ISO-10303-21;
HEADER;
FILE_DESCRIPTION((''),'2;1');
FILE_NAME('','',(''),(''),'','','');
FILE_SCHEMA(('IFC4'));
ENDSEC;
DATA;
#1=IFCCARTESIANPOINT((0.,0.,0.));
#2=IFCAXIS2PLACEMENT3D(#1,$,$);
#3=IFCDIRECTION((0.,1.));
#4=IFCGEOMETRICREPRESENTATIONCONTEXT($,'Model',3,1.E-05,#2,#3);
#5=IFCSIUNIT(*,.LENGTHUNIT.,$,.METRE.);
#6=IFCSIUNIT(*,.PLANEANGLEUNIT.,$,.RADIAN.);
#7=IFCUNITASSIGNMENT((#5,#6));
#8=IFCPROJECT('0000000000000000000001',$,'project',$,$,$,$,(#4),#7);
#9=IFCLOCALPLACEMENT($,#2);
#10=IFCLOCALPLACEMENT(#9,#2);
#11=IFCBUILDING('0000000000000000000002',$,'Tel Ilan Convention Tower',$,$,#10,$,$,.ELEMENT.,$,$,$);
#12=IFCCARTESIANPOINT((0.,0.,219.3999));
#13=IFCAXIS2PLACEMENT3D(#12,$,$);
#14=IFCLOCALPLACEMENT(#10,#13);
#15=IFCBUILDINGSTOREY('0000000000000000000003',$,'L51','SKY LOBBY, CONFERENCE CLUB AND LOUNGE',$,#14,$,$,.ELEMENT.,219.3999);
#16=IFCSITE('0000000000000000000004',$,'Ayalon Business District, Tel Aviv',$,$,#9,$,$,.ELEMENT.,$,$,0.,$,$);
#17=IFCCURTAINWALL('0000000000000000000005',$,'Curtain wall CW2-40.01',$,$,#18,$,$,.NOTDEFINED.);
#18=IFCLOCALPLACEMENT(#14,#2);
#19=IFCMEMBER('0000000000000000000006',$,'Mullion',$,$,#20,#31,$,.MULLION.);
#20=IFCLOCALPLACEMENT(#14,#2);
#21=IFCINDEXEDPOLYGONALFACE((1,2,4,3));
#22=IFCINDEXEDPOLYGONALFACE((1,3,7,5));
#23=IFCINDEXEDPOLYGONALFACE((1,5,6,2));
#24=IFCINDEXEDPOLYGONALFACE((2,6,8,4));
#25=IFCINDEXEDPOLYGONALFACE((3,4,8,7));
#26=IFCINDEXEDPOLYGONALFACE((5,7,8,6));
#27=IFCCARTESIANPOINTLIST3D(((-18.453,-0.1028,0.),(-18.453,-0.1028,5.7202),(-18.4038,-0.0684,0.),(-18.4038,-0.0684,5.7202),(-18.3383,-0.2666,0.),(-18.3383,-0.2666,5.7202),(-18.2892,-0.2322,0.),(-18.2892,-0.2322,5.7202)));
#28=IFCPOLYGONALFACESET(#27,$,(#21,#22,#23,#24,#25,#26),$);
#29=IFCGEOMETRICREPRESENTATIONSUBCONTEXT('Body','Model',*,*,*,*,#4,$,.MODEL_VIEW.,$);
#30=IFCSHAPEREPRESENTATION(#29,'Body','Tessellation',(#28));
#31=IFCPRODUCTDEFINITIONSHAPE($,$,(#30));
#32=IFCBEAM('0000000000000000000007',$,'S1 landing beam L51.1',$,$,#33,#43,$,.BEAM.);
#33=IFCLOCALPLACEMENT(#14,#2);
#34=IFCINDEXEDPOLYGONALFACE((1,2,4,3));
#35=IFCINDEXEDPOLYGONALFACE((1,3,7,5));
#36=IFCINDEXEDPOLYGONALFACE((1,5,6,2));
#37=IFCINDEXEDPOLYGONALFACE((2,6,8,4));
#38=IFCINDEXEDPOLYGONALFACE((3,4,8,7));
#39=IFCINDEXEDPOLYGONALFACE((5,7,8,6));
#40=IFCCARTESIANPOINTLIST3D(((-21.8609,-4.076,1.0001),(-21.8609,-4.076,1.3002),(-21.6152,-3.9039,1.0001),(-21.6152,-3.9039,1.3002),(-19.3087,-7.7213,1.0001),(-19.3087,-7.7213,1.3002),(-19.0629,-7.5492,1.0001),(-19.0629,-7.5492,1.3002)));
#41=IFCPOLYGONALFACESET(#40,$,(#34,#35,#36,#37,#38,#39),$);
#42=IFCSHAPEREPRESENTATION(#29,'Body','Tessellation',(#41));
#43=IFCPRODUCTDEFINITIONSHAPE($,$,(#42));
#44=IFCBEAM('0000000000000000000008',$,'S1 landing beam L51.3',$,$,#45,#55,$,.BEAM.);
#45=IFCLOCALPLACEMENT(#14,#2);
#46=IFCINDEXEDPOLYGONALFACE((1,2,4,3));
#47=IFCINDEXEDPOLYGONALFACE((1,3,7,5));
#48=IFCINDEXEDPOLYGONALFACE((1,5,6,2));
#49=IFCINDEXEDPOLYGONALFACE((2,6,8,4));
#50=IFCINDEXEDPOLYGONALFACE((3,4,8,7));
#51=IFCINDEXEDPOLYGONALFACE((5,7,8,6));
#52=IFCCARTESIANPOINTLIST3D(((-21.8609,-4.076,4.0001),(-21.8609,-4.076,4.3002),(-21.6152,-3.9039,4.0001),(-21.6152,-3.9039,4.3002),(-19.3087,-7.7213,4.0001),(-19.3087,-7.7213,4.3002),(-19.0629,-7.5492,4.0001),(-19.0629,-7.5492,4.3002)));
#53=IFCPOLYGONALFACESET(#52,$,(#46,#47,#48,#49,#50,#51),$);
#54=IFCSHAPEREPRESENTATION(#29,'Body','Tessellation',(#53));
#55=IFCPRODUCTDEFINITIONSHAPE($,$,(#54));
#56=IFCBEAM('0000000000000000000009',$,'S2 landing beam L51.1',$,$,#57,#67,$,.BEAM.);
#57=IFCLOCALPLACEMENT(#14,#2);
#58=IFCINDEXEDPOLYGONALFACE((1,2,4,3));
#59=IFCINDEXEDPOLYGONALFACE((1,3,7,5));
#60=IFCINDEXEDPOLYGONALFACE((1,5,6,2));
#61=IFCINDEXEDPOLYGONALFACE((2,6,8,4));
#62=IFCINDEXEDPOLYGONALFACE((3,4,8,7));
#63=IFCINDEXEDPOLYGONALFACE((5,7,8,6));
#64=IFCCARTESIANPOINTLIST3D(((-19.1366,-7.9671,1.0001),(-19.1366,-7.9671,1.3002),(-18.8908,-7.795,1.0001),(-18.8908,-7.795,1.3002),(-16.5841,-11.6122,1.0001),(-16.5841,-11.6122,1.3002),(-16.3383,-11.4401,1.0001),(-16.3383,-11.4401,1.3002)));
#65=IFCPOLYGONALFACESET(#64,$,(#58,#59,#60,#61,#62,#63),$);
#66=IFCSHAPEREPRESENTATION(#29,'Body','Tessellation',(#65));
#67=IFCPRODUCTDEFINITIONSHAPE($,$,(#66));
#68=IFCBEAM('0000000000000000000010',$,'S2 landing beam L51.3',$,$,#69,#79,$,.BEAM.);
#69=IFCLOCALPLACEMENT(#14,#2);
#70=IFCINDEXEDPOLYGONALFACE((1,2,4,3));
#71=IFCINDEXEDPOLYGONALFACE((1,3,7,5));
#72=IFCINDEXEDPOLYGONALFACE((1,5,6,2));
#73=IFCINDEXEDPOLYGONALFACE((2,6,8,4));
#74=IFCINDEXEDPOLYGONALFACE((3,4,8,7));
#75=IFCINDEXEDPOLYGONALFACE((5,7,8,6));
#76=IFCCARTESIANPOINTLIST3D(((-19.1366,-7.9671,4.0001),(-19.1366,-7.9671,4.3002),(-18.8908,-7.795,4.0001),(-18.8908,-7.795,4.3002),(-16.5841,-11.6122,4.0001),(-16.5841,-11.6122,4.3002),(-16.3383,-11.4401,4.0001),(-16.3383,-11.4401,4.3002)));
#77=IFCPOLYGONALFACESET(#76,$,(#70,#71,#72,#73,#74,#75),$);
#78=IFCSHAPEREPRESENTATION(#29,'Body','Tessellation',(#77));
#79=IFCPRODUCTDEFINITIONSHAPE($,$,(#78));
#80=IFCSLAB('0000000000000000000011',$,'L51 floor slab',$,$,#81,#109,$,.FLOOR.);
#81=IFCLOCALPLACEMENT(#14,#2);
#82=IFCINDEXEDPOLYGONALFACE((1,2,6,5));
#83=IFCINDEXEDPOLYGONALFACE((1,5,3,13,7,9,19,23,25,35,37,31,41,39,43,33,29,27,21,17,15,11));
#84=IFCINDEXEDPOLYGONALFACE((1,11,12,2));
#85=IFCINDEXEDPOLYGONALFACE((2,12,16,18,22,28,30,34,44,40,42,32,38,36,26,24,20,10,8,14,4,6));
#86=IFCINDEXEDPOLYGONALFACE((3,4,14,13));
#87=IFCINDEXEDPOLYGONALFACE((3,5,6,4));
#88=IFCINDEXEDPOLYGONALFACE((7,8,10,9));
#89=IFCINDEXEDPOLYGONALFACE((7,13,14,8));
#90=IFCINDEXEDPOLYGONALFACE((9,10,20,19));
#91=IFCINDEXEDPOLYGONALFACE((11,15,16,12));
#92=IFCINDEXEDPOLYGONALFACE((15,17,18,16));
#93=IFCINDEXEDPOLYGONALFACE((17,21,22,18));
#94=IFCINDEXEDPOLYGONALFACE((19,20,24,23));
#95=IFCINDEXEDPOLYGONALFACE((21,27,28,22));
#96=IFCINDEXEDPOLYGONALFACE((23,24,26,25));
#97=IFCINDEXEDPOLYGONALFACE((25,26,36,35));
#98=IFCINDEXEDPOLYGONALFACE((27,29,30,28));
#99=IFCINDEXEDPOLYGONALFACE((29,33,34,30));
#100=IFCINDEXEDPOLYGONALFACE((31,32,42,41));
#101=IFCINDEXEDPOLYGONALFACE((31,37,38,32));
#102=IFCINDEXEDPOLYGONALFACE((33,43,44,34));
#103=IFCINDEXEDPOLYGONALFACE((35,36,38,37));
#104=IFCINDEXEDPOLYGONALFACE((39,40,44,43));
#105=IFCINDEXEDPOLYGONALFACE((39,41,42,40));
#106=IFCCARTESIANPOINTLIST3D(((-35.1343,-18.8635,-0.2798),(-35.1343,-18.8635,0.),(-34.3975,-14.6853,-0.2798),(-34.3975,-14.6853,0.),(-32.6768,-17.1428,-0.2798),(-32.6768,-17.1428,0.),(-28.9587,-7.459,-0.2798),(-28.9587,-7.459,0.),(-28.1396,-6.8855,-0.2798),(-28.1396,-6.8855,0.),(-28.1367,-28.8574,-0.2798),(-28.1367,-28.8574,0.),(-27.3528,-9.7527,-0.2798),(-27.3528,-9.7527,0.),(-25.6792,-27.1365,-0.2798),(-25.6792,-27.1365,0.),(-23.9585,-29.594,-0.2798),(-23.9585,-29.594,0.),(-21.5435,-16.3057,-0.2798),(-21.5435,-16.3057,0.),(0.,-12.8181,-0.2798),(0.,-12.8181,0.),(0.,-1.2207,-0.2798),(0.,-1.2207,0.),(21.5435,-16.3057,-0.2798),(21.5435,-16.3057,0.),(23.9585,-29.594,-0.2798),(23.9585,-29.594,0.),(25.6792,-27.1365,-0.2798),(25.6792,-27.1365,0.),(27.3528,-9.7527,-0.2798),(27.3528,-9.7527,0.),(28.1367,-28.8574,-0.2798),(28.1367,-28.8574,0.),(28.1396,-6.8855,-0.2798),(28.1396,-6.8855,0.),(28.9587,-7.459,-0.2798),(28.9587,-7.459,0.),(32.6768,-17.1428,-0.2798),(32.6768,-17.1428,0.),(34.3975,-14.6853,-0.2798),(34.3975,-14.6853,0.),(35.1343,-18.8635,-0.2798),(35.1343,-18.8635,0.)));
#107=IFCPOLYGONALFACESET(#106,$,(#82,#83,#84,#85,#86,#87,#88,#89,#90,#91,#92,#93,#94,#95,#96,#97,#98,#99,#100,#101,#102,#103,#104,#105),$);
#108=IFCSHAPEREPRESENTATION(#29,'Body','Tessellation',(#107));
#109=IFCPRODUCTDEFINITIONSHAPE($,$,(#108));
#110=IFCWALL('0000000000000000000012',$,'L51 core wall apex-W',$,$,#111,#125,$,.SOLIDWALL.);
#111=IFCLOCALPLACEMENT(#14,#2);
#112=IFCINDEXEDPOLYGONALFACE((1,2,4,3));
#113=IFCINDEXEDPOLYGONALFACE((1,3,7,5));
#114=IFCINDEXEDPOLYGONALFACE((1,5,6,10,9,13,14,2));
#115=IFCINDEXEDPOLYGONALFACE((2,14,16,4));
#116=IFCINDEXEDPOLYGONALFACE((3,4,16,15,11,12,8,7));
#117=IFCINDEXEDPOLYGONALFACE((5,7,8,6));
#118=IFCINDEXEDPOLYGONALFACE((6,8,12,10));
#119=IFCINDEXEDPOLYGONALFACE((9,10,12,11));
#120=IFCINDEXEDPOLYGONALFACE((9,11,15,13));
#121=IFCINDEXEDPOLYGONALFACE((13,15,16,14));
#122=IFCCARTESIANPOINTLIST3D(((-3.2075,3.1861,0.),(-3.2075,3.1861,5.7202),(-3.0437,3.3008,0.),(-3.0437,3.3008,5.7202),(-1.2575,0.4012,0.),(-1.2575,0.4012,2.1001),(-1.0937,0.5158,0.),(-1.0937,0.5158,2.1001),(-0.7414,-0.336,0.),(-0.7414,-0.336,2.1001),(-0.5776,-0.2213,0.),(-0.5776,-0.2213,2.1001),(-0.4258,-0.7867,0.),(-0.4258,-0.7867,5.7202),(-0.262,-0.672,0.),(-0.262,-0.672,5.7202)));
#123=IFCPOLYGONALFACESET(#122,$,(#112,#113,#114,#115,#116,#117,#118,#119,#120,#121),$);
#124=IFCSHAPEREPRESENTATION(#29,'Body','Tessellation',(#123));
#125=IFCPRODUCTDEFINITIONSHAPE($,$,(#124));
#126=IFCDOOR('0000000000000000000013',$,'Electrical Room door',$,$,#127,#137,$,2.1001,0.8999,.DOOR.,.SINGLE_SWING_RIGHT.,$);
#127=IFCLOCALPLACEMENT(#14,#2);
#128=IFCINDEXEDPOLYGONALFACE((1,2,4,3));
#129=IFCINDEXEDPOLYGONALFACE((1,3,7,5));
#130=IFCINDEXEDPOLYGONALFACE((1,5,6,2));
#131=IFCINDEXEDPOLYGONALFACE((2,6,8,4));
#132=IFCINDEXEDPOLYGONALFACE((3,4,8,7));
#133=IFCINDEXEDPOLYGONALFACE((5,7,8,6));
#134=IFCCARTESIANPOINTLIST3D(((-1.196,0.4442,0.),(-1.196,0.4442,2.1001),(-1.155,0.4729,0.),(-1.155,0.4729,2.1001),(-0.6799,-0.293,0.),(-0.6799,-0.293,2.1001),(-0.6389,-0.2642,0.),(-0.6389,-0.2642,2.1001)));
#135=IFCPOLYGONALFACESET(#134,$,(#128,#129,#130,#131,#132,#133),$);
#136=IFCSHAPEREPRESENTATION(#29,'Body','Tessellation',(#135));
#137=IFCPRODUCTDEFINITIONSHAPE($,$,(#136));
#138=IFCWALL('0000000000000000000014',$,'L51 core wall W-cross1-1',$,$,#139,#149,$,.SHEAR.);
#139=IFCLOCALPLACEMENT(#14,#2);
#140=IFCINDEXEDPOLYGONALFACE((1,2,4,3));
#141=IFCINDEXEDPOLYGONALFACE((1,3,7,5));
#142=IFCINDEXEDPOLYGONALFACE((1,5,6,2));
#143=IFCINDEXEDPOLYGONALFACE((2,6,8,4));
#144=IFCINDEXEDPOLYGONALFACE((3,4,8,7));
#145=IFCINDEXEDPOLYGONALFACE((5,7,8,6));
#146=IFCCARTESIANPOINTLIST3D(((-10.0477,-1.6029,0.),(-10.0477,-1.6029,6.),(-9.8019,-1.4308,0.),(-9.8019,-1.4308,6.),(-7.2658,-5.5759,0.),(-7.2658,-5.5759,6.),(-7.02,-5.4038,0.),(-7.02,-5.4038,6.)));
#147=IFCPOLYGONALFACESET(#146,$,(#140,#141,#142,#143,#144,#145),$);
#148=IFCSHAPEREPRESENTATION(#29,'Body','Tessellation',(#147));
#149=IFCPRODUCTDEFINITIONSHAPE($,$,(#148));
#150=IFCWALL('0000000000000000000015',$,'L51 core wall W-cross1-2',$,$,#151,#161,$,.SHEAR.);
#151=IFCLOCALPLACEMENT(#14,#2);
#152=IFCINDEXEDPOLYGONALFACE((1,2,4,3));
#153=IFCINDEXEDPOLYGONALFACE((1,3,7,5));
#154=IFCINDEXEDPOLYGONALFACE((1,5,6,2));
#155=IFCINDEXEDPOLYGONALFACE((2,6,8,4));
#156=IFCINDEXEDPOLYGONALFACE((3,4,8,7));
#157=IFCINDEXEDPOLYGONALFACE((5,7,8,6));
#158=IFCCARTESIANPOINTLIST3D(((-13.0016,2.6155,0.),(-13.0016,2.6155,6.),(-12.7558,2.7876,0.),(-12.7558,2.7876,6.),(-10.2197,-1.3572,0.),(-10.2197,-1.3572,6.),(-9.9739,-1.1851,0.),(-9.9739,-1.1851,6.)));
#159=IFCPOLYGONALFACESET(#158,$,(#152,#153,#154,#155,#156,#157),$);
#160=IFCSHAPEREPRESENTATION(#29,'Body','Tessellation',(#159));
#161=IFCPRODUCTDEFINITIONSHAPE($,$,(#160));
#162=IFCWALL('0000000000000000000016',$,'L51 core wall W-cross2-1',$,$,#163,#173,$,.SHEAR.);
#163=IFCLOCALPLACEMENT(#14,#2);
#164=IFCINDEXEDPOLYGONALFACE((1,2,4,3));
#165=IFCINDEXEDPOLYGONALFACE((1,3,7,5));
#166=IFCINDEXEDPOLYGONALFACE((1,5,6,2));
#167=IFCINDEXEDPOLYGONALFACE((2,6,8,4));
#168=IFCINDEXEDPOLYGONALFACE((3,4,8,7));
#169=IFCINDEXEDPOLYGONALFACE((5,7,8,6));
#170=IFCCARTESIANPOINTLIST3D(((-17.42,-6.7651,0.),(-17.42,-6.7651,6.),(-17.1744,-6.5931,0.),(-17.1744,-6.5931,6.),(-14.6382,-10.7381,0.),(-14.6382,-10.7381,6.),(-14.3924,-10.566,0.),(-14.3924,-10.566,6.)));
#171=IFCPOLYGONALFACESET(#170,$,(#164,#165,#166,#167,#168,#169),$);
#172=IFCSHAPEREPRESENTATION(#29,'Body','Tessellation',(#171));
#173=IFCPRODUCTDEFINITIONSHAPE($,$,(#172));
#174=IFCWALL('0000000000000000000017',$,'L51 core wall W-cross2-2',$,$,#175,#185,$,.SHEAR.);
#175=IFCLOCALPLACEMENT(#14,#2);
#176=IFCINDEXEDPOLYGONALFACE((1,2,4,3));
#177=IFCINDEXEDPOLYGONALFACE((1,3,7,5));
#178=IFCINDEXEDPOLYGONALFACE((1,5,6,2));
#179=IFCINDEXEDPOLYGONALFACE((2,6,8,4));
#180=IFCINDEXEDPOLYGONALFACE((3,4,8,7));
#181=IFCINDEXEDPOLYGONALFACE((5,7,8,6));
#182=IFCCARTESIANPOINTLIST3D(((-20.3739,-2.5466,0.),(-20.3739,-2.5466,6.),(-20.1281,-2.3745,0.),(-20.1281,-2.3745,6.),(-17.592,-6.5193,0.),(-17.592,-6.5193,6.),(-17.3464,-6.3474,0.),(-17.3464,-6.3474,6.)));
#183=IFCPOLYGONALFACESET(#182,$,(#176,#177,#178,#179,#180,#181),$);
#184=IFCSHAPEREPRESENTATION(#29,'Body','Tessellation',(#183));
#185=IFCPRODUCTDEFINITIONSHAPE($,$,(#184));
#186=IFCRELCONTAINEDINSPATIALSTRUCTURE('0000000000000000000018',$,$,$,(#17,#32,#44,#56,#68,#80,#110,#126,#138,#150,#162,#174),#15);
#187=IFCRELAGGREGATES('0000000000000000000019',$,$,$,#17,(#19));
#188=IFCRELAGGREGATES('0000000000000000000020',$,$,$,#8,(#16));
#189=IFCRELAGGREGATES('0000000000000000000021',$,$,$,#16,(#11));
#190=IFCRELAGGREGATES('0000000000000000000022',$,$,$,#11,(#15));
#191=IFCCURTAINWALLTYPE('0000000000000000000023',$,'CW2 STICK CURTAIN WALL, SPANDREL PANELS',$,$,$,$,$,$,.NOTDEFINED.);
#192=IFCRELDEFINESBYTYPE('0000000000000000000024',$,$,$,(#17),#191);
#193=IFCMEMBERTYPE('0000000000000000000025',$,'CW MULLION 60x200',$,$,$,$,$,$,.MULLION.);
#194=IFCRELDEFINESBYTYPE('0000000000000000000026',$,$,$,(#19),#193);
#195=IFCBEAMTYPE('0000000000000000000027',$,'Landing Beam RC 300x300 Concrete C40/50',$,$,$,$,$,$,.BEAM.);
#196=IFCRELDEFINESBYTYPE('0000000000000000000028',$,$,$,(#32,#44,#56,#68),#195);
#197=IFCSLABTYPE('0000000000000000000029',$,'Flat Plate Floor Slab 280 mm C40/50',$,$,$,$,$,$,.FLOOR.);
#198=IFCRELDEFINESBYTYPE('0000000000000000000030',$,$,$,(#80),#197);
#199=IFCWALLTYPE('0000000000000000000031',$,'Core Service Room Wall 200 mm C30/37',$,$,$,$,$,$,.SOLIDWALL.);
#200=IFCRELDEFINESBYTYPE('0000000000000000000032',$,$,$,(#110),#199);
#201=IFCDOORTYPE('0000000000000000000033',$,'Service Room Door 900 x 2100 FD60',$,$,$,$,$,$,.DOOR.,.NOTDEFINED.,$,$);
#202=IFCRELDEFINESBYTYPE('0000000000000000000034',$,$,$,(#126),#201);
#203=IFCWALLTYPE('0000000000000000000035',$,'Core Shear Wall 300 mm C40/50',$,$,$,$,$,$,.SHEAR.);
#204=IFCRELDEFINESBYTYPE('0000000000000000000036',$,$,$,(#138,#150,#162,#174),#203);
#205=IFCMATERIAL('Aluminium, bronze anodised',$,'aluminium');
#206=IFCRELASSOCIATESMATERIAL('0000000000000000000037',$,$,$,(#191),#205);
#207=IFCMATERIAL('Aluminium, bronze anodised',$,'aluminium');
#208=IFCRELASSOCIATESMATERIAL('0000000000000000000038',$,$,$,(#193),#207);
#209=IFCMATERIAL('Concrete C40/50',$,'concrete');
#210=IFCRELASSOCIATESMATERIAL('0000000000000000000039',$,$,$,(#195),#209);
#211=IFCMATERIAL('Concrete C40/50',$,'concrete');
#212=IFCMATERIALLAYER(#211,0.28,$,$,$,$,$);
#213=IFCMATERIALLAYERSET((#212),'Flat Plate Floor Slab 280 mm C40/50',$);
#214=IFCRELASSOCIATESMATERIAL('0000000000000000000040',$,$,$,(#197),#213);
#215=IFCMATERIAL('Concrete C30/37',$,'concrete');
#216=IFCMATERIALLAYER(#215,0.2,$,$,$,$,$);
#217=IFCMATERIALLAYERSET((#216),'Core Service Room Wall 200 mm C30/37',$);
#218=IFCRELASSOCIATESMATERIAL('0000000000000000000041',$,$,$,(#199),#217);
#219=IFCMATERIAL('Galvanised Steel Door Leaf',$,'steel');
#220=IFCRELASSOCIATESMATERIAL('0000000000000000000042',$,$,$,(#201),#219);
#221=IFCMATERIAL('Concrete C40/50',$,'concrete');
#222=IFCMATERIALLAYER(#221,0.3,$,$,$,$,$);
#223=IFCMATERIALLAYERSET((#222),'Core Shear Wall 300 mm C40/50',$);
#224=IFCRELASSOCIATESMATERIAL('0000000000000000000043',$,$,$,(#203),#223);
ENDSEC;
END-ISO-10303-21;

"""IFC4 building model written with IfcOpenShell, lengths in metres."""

from ifc_helpers import new_model, si_unit, direction, frame, frame_2d, origin, origin_2d, place, context, subcontext, project, spatial, polyline, rectangle, outline, extrude, material, layer, layer_set, material_profile, profile_set, type_object, element, fill, aggregate, save


model = new_model("IFC4")

# Units and contexts
model_context = context("Model", 3, precision=1e-05, world=origin(), true_north=direction((0.0, 1.0)))
body_context = subcontext(model_context, "Body", "Model", "MODEL_VIEW")
ifc_project = project(units=[si_unit("LENGTHUNIT", "METRE"), si_unit("PLANEANGLEUNIT", "RADIAN")], contexts=[model_context])

# Site, building, storey
site_placement = place(None, origin())
site = spatial("IfcSite", under=ifc_project, at=site_placement, Name="Ayalon Business District, Tel Aviv", CompositionType="ELEMENT", RefElevation=0.0)
building_placement = place(site_placement, origin())
building = spatial("IfcBuilding", under=site, at=building_placement, Name="Tel Ilan Convention Tower", CompositionType="ELEMENT")
storey_placement = place(building_placement, frame((0.0, 0.0, 219.3999)))
storey = spatial("IfcBuildingStorey", under=building, at=storey_placement, Name="L51", Description="SKY LOBBY, CONFERENCE CLUB AND LOUNGE", CompositionType="ELEMENT", Elevation=219.3999)

# Curtain wall, member
ifc_material_1 = material(Name="Aluminium, bronze anodised", Category="aluminium")
curtain_wall_type = type_object("IfcCurtainWallType", Name="CW2 STICK CURTAIN WALL, SPANDREL PANELS", PredefinedType="NOTDEFINED", material=ifc_material_1)
curtain_wall_placement = place(storey_placement, origin())
curtain_wall = element("IfcCurtainWall", 1, at=curtain_wall_placement, inside=storey, type_object=curtain_wall_type, Name="Curtain wall CW2-40.01", PredefinedType="NOTDEFINED")
ifc_material_2 = material(Name="Aluminium, bronze anodised", Category="aluminium")
ifc_material_profile_1 = material_profile(ifc_material_2, rectangle(XDim=0.0601, YDim=0.2, at=origin_2d()), Name="CW MULLION 60x200")
ifc_profile_set_1 = profile_set([ifc_material_profile_1], Name="Aluminium, bronze anodised")
member_type = type_object("IfcMemberType", Name="CW MULLION 60x200", PredefinedType="MULLION", material=ifc_profile_set_1)
member_placement = place(storey_placement, frame((-18.3711, -0.1675, 0.0), z_axis=(0.0, 0.0, 1.0), x_axis=(-0.819152, -0.573576, 0.0)))
member = element("IfcMember", 2, at=member_placement, type_object=member_type, Name="Mullion", PredefinedType="MULLION", context=body_context, shape_type="SweptSolid", body=[
    extrude(rectangle(XDim=0.0601, YDim=0.2, at=origin_2d()), origin(), (0.0, 0.0, 1.0), 5.7202),
])
aggregate(curtain_wall, [member])

# Beams
ifc_material_3 = material(Name="Concrete C40/50", Category="concrete")
ifc_material_profile_2 = material_profile(ifc_material_3, rectangle(XDim=0.3, YDim=0.3, at=origin_2d()), Name="RC 300x300")
ifc_profile_set_2 = profile_set([ifc_material_profile_2], Name="Concrete C40/50")
beam_type = type_object("IfcBeamType", Name="Landing Beam RC 300x300 Concrete C40/50", PredefinedType="BEAM", material=ifc_profile_set_2)
for number, where, z_axis, x_axis, name in (
    (3, (-19.1858, -7.6353, 1.1501), (-0.573547, 0.819173, 0.0), (-0.819173, -0.573547, 0.0), "S1 landing beam L51.1"),
    (4, (-19.1858, -7.6353, 4.1501), (-0.573547, 0.819173, 0.0), (-0.819173, -0.573547, 0.0), "S1 landing beam L51.3"),
    (5, (-16.4612, -11.5261, 1.1501), (-0.57361, 0.819129, 0.0), (-0.819129, -0.57361, 0.0), "S2 landing beam L51.1"),
    (6, (-16.4612, -11.5261, 4.1501), (-0.57361, 0.819129, 0.0), (-0.819129, -0.57361, 0.0), "S2 landing beam L51.3"),
):
    element("IfcBeam", number, at=place(storey_placement, frame(where, z_axis=z_axis, x_axis=x_axis)), inside=storey, type_object=beam_type, Name=name, PredefinedType="BEAM", context=body_context, shape_type="SweptSolid", body=[
        extrude(rectangle(XDim=0.3, YDim=0.3, at=origin_2d()), origin(), (0.0, 0.0, 1.0), 4.45),
    ])

# Slab
ifc_material_4 = material(Name="Concrete C40/50", Category="concrete")
ifc_layer_1 = layer(ifc_material_4, 0.28)
ifc_layer_set_1 = layer_set([ifc_layer_1], Name="Flat Plate Floor Slab 280 mm C40/50")
slab_type = type_object("IfcSlabType", Name="Flat Plate Floor Slab 280 mm C40/50", PredefinedType="FLOOR", material=ifc_layer_set_1)
slab_placement = place(storey_placement, frame((0.0, 0.0, -0.2798)))
element("IfcSlab", 7, at=slab_placement, inside=storey, type_object=slab_type, Name="L51 floor slab", PredefinedType="FLOOR", context=body_context, shape_type="SweptSolid", body=[
    extrude(outline(polyline([(-21.5435, -16.3057), (0.0, -1.2207), (21.5435, -16.3057), (28.1396, -6.8855), (28.9587, -7.459), (27.3528, -9.7527), (34.3975, -14.6853), (32.6768, -17.1428), (35.1343, -18.8635), (28.1367, -28.8574), (25.6792, -27.1365), (23.9585, -29.594), (0.0, -12.8181), (-23.9585, -29.594), (-25.6792, -27.1365), (-28.1367, -28.8574), (-35.1343, -18.8635), (-32.6768, -17.1428), (-34.3975, -14.6853), (-27.3528, -9.7527), (-28.9587, -7.459), (-28.1396, -6.8855), (-21.5435, -16.3057)])), origin(), (0.0, 0.0, 1.0), 0.2798),
])

# Wall, opening, door
ifc_material_5 = material(Name="Concrete C30/37", Category="concrete")
ifc_layer_2 = layer(ifc_material_5, 0.2)
ifc_layer_set_2 = layer_set([ifc_layer_2], Name="Core Service Room Wall 200 mm C30/37")
wall_type_1 = type_object("IfcWallType", Name="Core Service Room Wall 200 mm C30/37", PredefinedType="SOLIDWALL", material=ifc_layer_set_2)
wall_1_placement = place(storey_placement, frame((-0.344, -0.7292, 0.0), z_axis=(0.0, 0.0, 1.0), x_axis=(-0.57356, 0.819163, 0.0)))
wall_1 = element("IfcWall", 8, at=wall_1_placement, inside=storey, type_object=wall_type_1, Name="L51 core wall apex-W", PredefinedType="SOLIDWALL", context=body_context, shape_type="SweptSolid", body=[
    extrude(rectangle(XDim=4.8499, YDim=0.2, at=frame_2d((2.4248, 0.0))), origin(), (0.0, 0.0, 1.0), 5.7202),
])
opening_1_placement = place(wall_1_placement, frame((0.55, 0.0, 0.0)))
opening_1 = element("IfcOpeningElement", 9, at=opening_1_placement, cuts=wall_1, PredefinedType="OPENING", context=body_context, shape_type="SweptSolid", body=[
    extrude(rectangle(XDim=0.8999, YDim=2.1001, at=frame_2d((0.45, 1.05))), frame((0.0, 0.1099, 0.0), z_axis=(0.0, -1.0, 0.0), x_axis=(1.0, 0.0, 0.0)), (0.0, 0.0, 1.0), 0.22),
])
ifc_material_6 = material(Name="Galvanised Steel Door Leaf", Category="steel")
door_type_1 = type_object("IfcDoorType", Name="Service Room Door 900 x 2100 FD60", OperationType="NOTDEFINED", PredefinedType="DOOR", material=ifc_material_6)
door_1_placement = place(opening_1_placement, origin())
door_1 = element("IfcDoor", 10, at=door_1_placement, inside=storey, type_object=door_type_1, Name="Electrical Room door", OperationType="SINGLE_SWING_RIGHT", OverallHeight=2.1001, OverallWidth=0.8999, PredefinedType="DOOR", context=body_context, shape_type="SweptSolid", body=[
    extrude(rectangle(XDim=0.8999, YDim=2.1001, at=frame_2d((0.45, 1.05))), frame((0.0, 0.0249, 0.0), z_axis=(0.0, -1.0, 0.0), x_axis=(1.0, 0.0, 0.0)), (0.0, 0.0, 1.0), 0.05),
])
fill(opening_1, door_1)

# Walls
ifc_material_7 = material(Name="Concrete C40/50", Category="concrete")
ifc_layer_3 = layer(ifc_material_7, 0.3)
ifc_layer_set_3 = layer_set([ifc_layer_3], Name="Core Shear Wall 300 mm C40/50")
wall_type_2 = type_object("IfcWallType", Name="Core Shear Wall 300 mm C40/50", PredefinedType="SHEAR", material=ifc_layer_set_3)
wall_2_placement = place(storey_placement, frame((-7.1428, -5.4897, 0.0), z_axis=(0.0, 0.0, 1.0), x_axis=(-0.573618, 0.819123, 0.0)))
element("IfcWall", 11, at=wall_2_placement, inside=storey, type_object=wall_type_2, Name="L51 core wall W-cross1-1", PredefinedType="SHEAR", context=body_context, shape_type="SweptSolid", body=[
    extrude(outline(polyline([(4.8501, 0.1499), (0.0, 0.1501), (0.0, -0.1499), (4.8501, -0.1501), (4.8501, 0.1499)])), origin(), (0.0, 0.0, 1.0), 6.0),
])
wall_3_placement = place(storey_placement, frame((-10.0969, -1.2712, 0.0), z_axis=(0.0, 0.0, 1.0), x_axis=(-0.57356, 0.819163, 0.0)))
element("IfcWall", 12, at=wall_3_placement, inside=storey, type_object=wall_type_2, Name="L51 core wall W-cross1-2", PredefinedType="SHEAR", context=body_context, shape_type="SweptSolid", body=[
    extrude(outline(polyline([(4.8499, -0.1499), (4.8499, 0.1501), (0.0, 0.1499), (0.0, -0.1501), (4.8499, -0.1499)])), origin(), (0.0, 0.0, 1.0), 6.0),
])
wall_4_placement = place(storey_placement, frame((-14.5154, -10.6521, 0.0), z_axis=(0.0, 0.0, 1.0), x_axis=(-0.57356, 0.819163, 0.0)))
element("IfcWall", 13, at=wall_4_placement, inside=storey, type_object=wall_type_2, Name="L51 core wall W-cross2-1", PredefinedType="SHEAR", context=body_context, shape_type="SweptSolid", body=[
    extrude(outline(polyline([(4.8501, 0.1499), (0.0, 0.1499), (0.0, -0.1501), (4.8501, -0.1499), (4.8501, 0.1499)])), origin(), (0.0, 0.0, 1.0), 6.0),
])
wall_5_placement = place(storey_placement, frame((-17.4692, -6.4333, 0.0), z_axis=(0.0, 0.0, 1.0), x_axis=(-0.573594, 0.81914, 0.0)))
element("IfcWall", 14, at=wall_5_placement, inside=storey, type_object=wall_type_2, Name="L51 core wall W-cross2-2", PredefinedType="SHEAR", context=body_context, shape_type="SweptSolid", body=[
    extrude(outline(polyline([(4.8499, -0.1501), (4.8499, 0.1499), (0.0, 0.1499), (0.0, -0.1499), (4.8499, -0.1501)])), origin(), (0.0, 0.0, 1.0), 6.0),
])

save(model, "model.ifc")
